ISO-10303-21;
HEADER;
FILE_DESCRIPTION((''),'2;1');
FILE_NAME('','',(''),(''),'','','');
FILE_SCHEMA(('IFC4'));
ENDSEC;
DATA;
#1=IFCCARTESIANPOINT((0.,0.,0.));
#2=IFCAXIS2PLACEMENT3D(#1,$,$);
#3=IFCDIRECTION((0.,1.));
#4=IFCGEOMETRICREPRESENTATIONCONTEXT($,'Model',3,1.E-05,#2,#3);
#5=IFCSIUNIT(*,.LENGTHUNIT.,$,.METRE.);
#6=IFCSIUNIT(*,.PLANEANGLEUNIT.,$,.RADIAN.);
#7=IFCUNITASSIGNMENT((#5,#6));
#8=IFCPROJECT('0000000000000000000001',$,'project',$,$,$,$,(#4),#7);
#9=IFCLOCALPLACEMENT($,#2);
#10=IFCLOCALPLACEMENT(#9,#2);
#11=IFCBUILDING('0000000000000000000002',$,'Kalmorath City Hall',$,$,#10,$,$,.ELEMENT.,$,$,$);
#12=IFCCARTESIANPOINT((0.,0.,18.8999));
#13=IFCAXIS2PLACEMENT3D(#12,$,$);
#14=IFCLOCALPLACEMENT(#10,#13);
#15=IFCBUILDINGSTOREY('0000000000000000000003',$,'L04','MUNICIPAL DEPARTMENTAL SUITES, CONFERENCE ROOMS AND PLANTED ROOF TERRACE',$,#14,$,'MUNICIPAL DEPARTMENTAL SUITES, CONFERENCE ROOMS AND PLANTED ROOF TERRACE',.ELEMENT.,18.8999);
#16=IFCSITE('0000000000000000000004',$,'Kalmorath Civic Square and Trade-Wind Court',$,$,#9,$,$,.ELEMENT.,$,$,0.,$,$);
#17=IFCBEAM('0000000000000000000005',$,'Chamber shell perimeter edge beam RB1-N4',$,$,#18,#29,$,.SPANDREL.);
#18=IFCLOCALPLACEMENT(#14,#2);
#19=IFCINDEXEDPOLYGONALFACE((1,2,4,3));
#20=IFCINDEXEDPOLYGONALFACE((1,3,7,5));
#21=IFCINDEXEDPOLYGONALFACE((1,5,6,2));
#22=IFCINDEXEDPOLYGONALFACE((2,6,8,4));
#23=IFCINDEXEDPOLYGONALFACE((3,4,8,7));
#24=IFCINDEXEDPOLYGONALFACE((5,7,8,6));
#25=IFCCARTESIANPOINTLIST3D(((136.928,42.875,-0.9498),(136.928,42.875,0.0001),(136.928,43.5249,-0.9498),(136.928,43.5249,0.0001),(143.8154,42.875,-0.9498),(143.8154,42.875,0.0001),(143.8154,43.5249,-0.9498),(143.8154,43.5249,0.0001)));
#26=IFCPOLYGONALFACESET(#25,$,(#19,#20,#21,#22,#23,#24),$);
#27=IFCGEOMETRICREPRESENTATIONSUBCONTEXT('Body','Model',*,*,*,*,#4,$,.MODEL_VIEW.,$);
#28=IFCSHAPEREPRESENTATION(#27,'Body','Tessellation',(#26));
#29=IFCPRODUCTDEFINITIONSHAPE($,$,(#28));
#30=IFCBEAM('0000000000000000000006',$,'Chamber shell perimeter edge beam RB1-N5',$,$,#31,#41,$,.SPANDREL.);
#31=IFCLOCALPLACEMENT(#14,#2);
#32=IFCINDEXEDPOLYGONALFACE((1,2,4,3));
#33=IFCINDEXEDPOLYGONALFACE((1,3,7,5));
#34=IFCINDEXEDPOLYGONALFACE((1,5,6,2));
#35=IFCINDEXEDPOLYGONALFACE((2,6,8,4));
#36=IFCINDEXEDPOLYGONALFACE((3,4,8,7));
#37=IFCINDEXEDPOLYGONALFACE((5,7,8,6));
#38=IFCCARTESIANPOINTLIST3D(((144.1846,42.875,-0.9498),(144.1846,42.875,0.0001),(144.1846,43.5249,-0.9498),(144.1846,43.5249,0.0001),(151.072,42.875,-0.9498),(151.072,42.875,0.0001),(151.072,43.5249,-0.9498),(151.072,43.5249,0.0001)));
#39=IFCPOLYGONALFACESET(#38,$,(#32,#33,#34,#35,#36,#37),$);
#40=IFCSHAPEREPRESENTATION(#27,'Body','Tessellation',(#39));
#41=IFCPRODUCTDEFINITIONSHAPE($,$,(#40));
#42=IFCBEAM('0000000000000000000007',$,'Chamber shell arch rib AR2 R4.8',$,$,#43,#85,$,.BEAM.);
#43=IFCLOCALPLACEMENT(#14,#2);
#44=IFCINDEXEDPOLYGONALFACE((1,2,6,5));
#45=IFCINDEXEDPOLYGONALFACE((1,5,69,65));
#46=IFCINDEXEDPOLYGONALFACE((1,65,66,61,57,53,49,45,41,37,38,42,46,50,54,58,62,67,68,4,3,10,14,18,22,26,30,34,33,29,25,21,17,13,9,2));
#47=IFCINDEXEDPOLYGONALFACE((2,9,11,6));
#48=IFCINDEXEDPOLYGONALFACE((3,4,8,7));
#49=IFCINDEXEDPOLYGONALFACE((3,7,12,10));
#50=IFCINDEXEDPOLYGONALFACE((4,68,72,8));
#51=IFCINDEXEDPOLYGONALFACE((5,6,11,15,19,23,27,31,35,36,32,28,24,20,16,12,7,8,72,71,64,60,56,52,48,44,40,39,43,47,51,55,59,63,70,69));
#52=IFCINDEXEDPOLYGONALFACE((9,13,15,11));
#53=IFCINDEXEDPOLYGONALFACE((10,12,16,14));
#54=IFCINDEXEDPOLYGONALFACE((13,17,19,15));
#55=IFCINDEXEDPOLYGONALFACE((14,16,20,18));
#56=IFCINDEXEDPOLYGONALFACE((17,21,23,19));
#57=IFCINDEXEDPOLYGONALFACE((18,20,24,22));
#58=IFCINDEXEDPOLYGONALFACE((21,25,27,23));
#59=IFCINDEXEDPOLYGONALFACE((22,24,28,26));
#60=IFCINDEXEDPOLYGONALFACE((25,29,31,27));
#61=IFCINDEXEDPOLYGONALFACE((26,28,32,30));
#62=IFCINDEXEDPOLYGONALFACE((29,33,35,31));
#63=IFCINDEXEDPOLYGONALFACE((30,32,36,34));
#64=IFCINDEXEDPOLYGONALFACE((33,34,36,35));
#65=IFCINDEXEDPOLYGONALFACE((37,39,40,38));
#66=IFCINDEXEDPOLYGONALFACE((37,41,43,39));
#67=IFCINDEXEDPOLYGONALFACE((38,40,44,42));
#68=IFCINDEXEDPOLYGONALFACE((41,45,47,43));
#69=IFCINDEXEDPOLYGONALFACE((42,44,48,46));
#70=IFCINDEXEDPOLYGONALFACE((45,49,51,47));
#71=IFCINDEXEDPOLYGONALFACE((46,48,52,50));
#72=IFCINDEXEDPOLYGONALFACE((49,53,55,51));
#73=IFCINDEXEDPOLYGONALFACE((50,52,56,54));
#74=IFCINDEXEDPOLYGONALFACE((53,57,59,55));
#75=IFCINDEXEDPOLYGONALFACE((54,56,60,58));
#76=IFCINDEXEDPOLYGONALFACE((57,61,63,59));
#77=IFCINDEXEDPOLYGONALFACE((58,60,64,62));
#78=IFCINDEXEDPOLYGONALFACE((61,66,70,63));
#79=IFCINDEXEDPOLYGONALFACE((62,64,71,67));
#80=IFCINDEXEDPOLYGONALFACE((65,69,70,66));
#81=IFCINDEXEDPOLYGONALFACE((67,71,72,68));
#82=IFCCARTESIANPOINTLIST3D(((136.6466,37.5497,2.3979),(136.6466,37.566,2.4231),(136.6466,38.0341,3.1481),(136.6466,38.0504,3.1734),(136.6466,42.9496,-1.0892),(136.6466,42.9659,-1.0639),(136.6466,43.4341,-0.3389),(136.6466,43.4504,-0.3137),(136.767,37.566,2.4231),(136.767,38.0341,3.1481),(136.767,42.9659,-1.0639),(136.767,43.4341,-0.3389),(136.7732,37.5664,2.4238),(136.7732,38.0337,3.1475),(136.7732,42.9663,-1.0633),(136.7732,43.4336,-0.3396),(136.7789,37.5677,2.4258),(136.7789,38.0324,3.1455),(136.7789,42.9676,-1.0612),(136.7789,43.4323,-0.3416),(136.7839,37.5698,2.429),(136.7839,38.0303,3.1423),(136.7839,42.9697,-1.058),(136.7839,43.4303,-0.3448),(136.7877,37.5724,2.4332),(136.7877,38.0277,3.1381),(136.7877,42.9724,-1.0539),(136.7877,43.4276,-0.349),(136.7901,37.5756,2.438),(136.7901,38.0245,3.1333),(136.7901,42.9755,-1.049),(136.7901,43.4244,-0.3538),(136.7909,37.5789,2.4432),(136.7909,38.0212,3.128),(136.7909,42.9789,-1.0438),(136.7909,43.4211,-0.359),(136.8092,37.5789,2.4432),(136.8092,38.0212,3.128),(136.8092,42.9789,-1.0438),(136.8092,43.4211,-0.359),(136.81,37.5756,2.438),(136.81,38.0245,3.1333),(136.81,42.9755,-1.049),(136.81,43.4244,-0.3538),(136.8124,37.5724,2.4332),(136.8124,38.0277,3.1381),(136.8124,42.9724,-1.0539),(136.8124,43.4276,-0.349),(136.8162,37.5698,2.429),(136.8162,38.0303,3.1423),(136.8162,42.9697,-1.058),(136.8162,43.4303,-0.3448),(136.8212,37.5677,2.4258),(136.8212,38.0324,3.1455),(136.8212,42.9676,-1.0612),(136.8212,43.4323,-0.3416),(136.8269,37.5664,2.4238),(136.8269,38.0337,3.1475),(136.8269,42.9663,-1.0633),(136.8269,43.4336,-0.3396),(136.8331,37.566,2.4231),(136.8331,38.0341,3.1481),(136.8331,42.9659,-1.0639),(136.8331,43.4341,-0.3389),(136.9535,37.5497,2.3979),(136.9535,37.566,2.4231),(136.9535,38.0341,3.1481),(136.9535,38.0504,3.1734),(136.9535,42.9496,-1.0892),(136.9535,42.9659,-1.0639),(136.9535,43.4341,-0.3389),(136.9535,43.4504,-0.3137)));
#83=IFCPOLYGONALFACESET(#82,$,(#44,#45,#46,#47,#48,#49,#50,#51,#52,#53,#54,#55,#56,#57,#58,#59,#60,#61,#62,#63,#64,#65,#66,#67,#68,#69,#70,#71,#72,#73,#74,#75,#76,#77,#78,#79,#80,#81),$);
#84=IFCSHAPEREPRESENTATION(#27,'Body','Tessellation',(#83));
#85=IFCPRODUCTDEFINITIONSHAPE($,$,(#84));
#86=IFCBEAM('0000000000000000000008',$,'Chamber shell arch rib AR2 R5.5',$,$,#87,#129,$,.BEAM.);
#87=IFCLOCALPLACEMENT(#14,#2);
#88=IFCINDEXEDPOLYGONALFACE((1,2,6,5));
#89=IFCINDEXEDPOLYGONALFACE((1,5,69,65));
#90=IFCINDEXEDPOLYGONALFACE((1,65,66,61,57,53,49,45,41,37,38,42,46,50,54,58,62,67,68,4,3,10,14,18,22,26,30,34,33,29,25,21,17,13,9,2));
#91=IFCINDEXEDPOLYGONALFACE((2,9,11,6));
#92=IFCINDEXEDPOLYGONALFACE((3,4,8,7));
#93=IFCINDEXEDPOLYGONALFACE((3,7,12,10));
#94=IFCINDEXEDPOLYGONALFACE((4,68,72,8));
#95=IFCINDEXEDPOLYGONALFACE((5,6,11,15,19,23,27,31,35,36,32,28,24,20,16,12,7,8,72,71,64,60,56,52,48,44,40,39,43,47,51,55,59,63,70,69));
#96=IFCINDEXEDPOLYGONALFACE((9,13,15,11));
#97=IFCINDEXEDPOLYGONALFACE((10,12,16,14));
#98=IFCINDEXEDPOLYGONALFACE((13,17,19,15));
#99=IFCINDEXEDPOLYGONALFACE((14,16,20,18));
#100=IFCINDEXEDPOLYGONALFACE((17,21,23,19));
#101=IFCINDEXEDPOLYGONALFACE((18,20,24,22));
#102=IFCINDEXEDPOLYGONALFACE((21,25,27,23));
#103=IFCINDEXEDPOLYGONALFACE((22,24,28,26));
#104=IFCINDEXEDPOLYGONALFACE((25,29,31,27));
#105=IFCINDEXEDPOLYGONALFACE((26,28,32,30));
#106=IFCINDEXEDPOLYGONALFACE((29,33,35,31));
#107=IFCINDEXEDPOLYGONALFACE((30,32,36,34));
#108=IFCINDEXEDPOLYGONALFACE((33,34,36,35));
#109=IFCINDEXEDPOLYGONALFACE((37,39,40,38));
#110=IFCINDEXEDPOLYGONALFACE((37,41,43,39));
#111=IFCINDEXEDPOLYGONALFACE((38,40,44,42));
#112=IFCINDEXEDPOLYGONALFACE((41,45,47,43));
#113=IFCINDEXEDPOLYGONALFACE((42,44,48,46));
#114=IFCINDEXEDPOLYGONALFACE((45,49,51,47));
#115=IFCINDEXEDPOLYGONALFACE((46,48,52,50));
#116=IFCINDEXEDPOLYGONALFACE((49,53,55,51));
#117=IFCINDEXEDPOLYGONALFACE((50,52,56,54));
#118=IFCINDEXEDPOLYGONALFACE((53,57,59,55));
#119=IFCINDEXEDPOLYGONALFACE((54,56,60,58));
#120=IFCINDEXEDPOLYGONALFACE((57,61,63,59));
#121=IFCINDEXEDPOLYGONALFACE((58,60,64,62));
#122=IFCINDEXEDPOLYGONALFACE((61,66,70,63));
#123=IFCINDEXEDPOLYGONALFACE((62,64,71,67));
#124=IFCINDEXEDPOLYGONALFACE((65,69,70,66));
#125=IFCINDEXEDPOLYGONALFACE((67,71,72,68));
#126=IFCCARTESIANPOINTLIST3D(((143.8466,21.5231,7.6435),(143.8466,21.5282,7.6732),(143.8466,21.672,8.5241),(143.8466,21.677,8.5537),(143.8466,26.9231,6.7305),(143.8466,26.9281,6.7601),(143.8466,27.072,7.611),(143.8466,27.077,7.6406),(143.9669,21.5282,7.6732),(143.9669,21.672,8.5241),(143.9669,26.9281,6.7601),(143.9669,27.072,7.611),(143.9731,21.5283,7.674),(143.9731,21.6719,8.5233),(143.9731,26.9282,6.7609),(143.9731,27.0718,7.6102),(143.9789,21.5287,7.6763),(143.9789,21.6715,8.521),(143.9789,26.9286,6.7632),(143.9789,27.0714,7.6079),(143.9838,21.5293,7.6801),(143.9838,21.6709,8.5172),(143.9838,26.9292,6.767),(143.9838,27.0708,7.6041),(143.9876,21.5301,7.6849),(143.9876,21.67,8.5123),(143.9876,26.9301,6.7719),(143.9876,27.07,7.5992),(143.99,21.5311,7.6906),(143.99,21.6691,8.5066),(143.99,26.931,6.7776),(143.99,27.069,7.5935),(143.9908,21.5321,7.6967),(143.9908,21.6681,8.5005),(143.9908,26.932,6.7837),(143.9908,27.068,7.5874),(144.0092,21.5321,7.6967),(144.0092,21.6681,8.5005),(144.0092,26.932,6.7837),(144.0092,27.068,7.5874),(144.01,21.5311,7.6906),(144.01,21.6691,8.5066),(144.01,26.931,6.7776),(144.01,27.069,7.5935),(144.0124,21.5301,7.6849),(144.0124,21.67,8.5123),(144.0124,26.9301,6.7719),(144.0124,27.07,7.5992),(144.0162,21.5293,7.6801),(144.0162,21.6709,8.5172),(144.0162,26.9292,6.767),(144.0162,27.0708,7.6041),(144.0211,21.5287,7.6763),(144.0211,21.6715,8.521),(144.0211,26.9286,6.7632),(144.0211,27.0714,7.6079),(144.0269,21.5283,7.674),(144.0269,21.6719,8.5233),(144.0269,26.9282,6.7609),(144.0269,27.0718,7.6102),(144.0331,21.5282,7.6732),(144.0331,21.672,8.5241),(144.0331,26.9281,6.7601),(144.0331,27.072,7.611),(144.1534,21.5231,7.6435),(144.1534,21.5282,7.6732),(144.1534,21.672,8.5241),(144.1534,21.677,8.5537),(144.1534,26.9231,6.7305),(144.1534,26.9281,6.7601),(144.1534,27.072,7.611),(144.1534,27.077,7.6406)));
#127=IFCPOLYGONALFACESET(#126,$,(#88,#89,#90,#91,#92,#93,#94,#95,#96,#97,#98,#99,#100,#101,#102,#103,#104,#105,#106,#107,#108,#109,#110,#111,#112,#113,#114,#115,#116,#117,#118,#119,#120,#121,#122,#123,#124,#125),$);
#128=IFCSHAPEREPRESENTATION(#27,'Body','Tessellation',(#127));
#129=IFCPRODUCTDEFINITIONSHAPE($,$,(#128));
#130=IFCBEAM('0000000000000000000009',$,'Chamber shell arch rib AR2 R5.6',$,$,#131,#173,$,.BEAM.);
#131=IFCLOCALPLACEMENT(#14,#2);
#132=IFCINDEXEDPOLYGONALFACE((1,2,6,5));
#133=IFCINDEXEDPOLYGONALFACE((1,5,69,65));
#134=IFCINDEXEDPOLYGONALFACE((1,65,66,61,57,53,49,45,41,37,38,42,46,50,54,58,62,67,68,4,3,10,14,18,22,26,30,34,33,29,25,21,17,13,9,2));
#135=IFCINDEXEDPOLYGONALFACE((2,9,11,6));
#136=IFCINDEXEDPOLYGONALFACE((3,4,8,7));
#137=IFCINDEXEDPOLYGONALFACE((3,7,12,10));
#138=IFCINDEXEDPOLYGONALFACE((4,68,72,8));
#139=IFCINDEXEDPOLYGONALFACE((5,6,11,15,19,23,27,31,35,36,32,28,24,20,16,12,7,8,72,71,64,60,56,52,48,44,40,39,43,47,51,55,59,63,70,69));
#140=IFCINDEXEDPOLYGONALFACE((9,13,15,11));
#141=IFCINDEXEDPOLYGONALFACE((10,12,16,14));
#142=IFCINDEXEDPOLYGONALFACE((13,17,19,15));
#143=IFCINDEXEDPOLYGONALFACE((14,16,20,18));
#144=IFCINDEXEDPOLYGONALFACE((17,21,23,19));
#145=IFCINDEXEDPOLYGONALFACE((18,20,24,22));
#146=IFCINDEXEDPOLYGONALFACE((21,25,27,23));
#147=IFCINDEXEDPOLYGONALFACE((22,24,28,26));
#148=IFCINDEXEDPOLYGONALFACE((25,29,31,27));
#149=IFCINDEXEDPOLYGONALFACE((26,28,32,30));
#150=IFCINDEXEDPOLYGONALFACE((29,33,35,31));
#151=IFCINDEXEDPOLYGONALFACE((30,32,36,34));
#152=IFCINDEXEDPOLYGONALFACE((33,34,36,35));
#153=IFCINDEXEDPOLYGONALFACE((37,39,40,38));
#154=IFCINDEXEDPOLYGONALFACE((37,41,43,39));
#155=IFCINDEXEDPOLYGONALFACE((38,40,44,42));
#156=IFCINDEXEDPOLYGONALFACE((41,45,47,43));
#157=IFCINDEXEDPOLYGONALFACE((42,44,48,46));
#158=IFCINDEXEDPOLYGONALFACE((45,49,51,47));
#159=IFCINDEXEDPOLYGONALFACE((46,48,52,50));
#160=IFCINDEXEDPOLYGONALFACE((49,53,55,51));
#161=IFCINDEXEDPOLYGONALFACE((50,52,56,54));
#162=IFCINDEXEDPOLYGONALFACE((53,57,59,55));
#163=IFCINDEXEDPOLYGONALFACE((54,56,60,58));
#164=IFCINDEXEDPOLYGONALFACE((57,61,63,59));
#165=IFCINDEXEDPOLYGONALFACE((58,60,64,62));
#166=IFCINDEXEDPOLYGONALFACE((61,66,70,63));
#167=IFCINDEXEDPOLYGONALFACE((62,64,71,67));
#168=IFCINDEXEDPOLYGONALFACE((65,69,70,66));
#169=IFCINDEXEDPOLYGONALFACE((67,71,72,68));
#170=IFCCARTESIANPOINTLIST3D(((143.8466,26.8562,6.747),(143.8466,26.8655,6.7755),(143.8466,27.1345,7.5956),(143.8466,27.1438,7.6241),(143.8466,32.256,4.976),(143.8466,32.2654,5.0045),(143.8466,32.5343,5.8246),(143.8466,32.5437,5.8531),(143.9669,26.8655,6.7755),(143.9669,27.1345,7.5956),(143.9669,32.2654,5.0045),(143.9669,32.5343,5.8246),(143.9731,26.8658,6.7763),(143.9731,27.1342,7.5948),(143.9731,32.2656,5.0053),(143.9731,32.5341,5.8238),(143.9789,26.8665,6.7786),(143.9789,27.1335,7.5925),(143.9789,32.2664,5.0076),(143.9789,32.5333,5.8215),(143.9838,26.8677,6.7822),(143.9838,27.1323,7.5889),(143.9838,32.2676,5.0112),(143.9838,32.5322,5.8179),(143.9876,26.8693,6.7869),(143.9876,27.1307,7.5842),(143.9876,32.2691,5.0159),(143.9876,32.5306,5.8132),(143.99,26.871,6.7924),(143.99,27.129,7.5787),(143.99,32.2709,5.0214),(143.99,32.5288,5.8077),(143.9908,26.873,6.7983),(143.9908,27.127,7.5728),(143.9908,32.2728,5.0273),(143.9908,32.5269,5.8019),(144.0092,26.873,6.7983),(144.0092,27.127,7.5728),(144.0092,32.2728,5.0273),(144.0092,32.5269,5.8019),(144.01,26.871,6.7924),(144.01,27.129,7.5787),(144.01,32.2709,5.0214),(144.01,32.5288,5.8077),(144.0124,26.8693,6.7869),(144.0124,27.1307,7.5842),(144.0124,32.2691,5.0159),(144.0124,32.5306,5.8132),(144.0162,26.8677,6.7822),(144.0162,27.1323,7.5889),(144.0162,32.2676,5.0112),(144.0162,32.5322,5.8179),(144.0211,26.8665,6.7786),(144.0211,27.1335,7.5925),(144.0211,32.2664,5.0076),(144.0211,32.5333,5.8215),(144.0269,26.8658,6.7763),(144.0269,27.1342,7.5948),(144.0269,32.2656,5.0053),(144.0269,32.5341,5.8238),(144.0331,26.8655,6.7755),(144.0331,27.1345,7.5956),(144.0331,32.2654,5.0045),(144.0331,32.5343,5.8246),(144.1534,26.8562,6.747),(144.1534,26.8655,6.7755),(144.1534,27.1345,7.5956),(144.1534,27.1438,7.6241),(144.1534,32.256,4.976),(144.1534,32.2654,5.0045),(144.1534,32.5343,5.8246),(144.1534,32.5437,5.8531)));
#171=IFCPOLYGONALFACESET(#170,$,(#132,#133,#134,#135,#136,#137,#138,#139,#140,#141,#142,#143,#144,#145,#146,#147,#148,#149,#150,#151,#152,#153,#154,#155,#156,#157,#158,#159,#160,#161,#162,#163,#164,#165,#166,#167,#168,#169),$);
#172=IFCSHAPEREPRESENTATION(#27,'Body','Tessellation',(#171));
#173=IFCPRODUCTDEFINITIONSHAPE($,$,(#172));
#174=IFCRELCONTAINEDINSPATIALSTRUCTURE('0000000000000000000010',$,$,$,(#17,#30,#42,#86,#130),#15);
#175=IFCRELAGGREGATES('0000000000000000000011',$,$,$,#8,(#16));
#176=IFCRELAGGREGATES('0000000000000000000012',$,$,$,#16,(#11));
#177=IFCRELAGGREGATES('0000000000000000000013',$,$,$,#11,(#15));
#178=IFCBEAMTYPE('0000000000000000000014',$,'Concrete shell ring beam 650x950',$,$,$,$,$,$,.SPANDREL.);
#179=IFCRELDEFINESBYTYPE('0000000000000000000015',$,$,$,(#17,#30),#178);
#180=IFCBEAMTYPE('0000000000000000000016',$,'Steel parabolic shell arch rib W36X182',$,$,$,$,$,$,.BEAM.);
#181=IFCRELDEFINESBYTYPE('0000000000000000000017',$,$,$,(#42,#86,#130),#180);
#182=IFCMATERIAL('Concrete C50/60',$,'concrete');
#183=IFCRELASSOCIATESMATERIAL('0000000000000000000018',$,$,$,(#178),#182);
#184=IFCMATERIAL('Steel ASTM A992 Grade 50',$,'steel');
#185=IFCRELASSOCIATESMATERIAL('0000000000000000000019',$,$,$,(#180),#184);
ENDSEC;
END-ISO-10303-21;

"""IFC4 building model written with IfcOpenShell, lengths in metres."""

from ifc_helpers import new_model, si_unit, direction, frame, origin, origin_2d, place, context, subcontext, project, spatial, rectangle, i_section, extrude, material, material_profile, profile_set, type_object, element, save


model = new_model("IFC4")

# Units and contexts
model_context = context("Model", 3, precision=1e-05, world=origin(), true_north=direction((0.0, 1.0)))
body_context = subcontext(model_context, "Body", "Model", "MODEL_VIEW")
ifc_project = project(units=[si_unit("LENGTHUNIT", "METRE"), si_unit("PLANEANGLEUNIT", "RADIAN")], contexts=[model_context])

# Site, building, storey
site_placement = place(None, origin())
site = spatial("IfcSite", under=ifc_project, at=site_placement, Name="Kalmorath Civic Square and Trade-Wind Court", CompositionType="ELEMENT", RefElevation=0.0)
building_placement = place(site_placement, origin())
building = spatial("IfcBuilding", under=site, at=building_placement, Name="Kalmorath City Hall", CompositionType="ELEMENT")
storey_placement = place(building_placement, frame((0.0, 0.0, 18.8999)))
storey = spatial("IfcBuildingStorey", under=building, at=storey_placement, Name="L04", Description="MUNICIPAL DEPARTMENTAL SUITES, CONFERENCE ROOMS AND PLANTED ROOF TERRACE", LongName="MUNICIPAL DEPARTMENTAL SUITES, CONFERENCE ROOMS AND PLANTED ROOF TERRACE", CompositionType="ELEMENT", Elevation=18.8999)

# Beams
ifc_material_1 = material(Name="Concrete C50/60", Category="concrete")
ifc_material_profile_1 = material_profile(ifc_material_1, rectangle(XDim=0.6499, YDim=0.95, at=origin_2d()), Name="RC-RING-650X950")
ifc_profile_set_1 = profile_set([ifc_material_profile_1], Name="Concrete C50/60")
beam_type_1 = type_object("IfcBeamType", Name="Concrete shell ring beam 650x950", PredefinedType="SPANDREL", material=ifc_profile_set_1)
for number, where, z_axis, x_axis, name in (
    (1, (136.928, 43.2, -0.4749), (1.0, 0.0, 0.0), (0.0, 1.0, 0.0), "Chamber shell perimeter edge beam RB1-N4"),
    (2, (144.1846, 43.2, -0.4749), (1.0, 0.0, 0.0), (0.0, 1.0, 0.0), "Chamber shell perimeter edge beam RB1-N5"),
):
    element("IfcBeam", number, at=place(storey_placement, frame(where, z_axis=z_axis, x_axis=x_axis)), inside=storey, type_object=beam_type_1, Name=name, PredefinedType="SPANDREL", context=body_context, shape_type="SweptSolid", body=[
        extrude(rectangle(XDim=0.6499, YDim=0.95, at=origin_2d()), origin(), (0.0, 0.0, 1.0), 6.8875),
    ])
ifc_material_2 = material(Name="Steel ASTM A992 Grade 50", Category="steel")
ifc_material_profile_2 = material_profile(ifc_material_2, i_section(OverallWidth=0.3069, OverallDepth=0.9231, WebThickness=0.0183, FlangeThickness=0.03, FilletRadius=0.0239, at=origin_2d()), Name="W36X182")
ifc_profile_set_2 = profile_set([ifc_material_profile_2], Name="Steel ASTM A992 Grade 50")
beam_type_2 = type_object("IfcBeamType", Name="Steel parabolic shell arch rib W36X182", PredefinedType="BEAM", material=ifc_profile_set_2)
beam_1_placement = place(storey_placement, frame((136.8, 37.8, 2.7856), z_axis=(0.0, 0.840066, -0.542484), x_axis=(-1.0, 0.0, 0.0)))
element("IfcBeam", 3, at=beam_1_placement, inside=storey, type_object=beam_type_2, Name="Chamber shell arch rib AR2 R4.8", PredefinedType="BEAM", context=body_context, shape_type="SweptSolid", body=[
    extrude(i_section(OverallWidth=0.3069, OverallDepth=0.9231, WebThickness=0.0183, FlangeThickness=0.03, FilletRadius=0.0239, at=origin_2d()), origin(), (0.0, 0.0, 1.0), 6.428),
])
beam_2_placement = place(storey_placement, frame((144.0, 21.6001, 8.0986), z_axis=(0.0, 0.986003, -0.166726), x_axis=(-1.0, 0.0, 0.0)))
element("IfcBeam", 4, at=beam_2_placement, inside=storey, type_object=beam_type_2, Name="Chamber shell arch rib AR2 R5.5", PredefinedType="BEAM", context=body_context, shape_type="SweptSolid", body=[
    extrude(i_section(OverallWidth=0.3069, OverallDepth=0.9231, WebThickness=0.0183, FlangeThickness=0.03, FilletRadius=0.0239, at=origin_2d()), origin(), (0.0, 0.0, 1.0), 5.4766),
])
beam_3_placement = place(storey_placement, frame((144.0, 27.0, 7.1855), z_axis=(0.0, 0.950202, -0.311636), x_axis=(-1.0, 0.0, 0.0)))
element("IfcBeam", 5, at=beam_3_placement, inside=storey, type_object=beam_type_2, Name="Chamber shell arch rib AR2 R5.6", PredefinedType="BEAM", context=body_context, shape_type="SweptSolid", body=[
    extrude(i_section(OverallWidth=0.3069, OverallDepth=0.9231, WebThickness=0.0183, FlangeThickness=0.03, FilletRadius=0.0239, at=origin_2d()), origin(), (0.0, 0.0, 1.0), 5.6829),
])

save(model, "model.ifc")
